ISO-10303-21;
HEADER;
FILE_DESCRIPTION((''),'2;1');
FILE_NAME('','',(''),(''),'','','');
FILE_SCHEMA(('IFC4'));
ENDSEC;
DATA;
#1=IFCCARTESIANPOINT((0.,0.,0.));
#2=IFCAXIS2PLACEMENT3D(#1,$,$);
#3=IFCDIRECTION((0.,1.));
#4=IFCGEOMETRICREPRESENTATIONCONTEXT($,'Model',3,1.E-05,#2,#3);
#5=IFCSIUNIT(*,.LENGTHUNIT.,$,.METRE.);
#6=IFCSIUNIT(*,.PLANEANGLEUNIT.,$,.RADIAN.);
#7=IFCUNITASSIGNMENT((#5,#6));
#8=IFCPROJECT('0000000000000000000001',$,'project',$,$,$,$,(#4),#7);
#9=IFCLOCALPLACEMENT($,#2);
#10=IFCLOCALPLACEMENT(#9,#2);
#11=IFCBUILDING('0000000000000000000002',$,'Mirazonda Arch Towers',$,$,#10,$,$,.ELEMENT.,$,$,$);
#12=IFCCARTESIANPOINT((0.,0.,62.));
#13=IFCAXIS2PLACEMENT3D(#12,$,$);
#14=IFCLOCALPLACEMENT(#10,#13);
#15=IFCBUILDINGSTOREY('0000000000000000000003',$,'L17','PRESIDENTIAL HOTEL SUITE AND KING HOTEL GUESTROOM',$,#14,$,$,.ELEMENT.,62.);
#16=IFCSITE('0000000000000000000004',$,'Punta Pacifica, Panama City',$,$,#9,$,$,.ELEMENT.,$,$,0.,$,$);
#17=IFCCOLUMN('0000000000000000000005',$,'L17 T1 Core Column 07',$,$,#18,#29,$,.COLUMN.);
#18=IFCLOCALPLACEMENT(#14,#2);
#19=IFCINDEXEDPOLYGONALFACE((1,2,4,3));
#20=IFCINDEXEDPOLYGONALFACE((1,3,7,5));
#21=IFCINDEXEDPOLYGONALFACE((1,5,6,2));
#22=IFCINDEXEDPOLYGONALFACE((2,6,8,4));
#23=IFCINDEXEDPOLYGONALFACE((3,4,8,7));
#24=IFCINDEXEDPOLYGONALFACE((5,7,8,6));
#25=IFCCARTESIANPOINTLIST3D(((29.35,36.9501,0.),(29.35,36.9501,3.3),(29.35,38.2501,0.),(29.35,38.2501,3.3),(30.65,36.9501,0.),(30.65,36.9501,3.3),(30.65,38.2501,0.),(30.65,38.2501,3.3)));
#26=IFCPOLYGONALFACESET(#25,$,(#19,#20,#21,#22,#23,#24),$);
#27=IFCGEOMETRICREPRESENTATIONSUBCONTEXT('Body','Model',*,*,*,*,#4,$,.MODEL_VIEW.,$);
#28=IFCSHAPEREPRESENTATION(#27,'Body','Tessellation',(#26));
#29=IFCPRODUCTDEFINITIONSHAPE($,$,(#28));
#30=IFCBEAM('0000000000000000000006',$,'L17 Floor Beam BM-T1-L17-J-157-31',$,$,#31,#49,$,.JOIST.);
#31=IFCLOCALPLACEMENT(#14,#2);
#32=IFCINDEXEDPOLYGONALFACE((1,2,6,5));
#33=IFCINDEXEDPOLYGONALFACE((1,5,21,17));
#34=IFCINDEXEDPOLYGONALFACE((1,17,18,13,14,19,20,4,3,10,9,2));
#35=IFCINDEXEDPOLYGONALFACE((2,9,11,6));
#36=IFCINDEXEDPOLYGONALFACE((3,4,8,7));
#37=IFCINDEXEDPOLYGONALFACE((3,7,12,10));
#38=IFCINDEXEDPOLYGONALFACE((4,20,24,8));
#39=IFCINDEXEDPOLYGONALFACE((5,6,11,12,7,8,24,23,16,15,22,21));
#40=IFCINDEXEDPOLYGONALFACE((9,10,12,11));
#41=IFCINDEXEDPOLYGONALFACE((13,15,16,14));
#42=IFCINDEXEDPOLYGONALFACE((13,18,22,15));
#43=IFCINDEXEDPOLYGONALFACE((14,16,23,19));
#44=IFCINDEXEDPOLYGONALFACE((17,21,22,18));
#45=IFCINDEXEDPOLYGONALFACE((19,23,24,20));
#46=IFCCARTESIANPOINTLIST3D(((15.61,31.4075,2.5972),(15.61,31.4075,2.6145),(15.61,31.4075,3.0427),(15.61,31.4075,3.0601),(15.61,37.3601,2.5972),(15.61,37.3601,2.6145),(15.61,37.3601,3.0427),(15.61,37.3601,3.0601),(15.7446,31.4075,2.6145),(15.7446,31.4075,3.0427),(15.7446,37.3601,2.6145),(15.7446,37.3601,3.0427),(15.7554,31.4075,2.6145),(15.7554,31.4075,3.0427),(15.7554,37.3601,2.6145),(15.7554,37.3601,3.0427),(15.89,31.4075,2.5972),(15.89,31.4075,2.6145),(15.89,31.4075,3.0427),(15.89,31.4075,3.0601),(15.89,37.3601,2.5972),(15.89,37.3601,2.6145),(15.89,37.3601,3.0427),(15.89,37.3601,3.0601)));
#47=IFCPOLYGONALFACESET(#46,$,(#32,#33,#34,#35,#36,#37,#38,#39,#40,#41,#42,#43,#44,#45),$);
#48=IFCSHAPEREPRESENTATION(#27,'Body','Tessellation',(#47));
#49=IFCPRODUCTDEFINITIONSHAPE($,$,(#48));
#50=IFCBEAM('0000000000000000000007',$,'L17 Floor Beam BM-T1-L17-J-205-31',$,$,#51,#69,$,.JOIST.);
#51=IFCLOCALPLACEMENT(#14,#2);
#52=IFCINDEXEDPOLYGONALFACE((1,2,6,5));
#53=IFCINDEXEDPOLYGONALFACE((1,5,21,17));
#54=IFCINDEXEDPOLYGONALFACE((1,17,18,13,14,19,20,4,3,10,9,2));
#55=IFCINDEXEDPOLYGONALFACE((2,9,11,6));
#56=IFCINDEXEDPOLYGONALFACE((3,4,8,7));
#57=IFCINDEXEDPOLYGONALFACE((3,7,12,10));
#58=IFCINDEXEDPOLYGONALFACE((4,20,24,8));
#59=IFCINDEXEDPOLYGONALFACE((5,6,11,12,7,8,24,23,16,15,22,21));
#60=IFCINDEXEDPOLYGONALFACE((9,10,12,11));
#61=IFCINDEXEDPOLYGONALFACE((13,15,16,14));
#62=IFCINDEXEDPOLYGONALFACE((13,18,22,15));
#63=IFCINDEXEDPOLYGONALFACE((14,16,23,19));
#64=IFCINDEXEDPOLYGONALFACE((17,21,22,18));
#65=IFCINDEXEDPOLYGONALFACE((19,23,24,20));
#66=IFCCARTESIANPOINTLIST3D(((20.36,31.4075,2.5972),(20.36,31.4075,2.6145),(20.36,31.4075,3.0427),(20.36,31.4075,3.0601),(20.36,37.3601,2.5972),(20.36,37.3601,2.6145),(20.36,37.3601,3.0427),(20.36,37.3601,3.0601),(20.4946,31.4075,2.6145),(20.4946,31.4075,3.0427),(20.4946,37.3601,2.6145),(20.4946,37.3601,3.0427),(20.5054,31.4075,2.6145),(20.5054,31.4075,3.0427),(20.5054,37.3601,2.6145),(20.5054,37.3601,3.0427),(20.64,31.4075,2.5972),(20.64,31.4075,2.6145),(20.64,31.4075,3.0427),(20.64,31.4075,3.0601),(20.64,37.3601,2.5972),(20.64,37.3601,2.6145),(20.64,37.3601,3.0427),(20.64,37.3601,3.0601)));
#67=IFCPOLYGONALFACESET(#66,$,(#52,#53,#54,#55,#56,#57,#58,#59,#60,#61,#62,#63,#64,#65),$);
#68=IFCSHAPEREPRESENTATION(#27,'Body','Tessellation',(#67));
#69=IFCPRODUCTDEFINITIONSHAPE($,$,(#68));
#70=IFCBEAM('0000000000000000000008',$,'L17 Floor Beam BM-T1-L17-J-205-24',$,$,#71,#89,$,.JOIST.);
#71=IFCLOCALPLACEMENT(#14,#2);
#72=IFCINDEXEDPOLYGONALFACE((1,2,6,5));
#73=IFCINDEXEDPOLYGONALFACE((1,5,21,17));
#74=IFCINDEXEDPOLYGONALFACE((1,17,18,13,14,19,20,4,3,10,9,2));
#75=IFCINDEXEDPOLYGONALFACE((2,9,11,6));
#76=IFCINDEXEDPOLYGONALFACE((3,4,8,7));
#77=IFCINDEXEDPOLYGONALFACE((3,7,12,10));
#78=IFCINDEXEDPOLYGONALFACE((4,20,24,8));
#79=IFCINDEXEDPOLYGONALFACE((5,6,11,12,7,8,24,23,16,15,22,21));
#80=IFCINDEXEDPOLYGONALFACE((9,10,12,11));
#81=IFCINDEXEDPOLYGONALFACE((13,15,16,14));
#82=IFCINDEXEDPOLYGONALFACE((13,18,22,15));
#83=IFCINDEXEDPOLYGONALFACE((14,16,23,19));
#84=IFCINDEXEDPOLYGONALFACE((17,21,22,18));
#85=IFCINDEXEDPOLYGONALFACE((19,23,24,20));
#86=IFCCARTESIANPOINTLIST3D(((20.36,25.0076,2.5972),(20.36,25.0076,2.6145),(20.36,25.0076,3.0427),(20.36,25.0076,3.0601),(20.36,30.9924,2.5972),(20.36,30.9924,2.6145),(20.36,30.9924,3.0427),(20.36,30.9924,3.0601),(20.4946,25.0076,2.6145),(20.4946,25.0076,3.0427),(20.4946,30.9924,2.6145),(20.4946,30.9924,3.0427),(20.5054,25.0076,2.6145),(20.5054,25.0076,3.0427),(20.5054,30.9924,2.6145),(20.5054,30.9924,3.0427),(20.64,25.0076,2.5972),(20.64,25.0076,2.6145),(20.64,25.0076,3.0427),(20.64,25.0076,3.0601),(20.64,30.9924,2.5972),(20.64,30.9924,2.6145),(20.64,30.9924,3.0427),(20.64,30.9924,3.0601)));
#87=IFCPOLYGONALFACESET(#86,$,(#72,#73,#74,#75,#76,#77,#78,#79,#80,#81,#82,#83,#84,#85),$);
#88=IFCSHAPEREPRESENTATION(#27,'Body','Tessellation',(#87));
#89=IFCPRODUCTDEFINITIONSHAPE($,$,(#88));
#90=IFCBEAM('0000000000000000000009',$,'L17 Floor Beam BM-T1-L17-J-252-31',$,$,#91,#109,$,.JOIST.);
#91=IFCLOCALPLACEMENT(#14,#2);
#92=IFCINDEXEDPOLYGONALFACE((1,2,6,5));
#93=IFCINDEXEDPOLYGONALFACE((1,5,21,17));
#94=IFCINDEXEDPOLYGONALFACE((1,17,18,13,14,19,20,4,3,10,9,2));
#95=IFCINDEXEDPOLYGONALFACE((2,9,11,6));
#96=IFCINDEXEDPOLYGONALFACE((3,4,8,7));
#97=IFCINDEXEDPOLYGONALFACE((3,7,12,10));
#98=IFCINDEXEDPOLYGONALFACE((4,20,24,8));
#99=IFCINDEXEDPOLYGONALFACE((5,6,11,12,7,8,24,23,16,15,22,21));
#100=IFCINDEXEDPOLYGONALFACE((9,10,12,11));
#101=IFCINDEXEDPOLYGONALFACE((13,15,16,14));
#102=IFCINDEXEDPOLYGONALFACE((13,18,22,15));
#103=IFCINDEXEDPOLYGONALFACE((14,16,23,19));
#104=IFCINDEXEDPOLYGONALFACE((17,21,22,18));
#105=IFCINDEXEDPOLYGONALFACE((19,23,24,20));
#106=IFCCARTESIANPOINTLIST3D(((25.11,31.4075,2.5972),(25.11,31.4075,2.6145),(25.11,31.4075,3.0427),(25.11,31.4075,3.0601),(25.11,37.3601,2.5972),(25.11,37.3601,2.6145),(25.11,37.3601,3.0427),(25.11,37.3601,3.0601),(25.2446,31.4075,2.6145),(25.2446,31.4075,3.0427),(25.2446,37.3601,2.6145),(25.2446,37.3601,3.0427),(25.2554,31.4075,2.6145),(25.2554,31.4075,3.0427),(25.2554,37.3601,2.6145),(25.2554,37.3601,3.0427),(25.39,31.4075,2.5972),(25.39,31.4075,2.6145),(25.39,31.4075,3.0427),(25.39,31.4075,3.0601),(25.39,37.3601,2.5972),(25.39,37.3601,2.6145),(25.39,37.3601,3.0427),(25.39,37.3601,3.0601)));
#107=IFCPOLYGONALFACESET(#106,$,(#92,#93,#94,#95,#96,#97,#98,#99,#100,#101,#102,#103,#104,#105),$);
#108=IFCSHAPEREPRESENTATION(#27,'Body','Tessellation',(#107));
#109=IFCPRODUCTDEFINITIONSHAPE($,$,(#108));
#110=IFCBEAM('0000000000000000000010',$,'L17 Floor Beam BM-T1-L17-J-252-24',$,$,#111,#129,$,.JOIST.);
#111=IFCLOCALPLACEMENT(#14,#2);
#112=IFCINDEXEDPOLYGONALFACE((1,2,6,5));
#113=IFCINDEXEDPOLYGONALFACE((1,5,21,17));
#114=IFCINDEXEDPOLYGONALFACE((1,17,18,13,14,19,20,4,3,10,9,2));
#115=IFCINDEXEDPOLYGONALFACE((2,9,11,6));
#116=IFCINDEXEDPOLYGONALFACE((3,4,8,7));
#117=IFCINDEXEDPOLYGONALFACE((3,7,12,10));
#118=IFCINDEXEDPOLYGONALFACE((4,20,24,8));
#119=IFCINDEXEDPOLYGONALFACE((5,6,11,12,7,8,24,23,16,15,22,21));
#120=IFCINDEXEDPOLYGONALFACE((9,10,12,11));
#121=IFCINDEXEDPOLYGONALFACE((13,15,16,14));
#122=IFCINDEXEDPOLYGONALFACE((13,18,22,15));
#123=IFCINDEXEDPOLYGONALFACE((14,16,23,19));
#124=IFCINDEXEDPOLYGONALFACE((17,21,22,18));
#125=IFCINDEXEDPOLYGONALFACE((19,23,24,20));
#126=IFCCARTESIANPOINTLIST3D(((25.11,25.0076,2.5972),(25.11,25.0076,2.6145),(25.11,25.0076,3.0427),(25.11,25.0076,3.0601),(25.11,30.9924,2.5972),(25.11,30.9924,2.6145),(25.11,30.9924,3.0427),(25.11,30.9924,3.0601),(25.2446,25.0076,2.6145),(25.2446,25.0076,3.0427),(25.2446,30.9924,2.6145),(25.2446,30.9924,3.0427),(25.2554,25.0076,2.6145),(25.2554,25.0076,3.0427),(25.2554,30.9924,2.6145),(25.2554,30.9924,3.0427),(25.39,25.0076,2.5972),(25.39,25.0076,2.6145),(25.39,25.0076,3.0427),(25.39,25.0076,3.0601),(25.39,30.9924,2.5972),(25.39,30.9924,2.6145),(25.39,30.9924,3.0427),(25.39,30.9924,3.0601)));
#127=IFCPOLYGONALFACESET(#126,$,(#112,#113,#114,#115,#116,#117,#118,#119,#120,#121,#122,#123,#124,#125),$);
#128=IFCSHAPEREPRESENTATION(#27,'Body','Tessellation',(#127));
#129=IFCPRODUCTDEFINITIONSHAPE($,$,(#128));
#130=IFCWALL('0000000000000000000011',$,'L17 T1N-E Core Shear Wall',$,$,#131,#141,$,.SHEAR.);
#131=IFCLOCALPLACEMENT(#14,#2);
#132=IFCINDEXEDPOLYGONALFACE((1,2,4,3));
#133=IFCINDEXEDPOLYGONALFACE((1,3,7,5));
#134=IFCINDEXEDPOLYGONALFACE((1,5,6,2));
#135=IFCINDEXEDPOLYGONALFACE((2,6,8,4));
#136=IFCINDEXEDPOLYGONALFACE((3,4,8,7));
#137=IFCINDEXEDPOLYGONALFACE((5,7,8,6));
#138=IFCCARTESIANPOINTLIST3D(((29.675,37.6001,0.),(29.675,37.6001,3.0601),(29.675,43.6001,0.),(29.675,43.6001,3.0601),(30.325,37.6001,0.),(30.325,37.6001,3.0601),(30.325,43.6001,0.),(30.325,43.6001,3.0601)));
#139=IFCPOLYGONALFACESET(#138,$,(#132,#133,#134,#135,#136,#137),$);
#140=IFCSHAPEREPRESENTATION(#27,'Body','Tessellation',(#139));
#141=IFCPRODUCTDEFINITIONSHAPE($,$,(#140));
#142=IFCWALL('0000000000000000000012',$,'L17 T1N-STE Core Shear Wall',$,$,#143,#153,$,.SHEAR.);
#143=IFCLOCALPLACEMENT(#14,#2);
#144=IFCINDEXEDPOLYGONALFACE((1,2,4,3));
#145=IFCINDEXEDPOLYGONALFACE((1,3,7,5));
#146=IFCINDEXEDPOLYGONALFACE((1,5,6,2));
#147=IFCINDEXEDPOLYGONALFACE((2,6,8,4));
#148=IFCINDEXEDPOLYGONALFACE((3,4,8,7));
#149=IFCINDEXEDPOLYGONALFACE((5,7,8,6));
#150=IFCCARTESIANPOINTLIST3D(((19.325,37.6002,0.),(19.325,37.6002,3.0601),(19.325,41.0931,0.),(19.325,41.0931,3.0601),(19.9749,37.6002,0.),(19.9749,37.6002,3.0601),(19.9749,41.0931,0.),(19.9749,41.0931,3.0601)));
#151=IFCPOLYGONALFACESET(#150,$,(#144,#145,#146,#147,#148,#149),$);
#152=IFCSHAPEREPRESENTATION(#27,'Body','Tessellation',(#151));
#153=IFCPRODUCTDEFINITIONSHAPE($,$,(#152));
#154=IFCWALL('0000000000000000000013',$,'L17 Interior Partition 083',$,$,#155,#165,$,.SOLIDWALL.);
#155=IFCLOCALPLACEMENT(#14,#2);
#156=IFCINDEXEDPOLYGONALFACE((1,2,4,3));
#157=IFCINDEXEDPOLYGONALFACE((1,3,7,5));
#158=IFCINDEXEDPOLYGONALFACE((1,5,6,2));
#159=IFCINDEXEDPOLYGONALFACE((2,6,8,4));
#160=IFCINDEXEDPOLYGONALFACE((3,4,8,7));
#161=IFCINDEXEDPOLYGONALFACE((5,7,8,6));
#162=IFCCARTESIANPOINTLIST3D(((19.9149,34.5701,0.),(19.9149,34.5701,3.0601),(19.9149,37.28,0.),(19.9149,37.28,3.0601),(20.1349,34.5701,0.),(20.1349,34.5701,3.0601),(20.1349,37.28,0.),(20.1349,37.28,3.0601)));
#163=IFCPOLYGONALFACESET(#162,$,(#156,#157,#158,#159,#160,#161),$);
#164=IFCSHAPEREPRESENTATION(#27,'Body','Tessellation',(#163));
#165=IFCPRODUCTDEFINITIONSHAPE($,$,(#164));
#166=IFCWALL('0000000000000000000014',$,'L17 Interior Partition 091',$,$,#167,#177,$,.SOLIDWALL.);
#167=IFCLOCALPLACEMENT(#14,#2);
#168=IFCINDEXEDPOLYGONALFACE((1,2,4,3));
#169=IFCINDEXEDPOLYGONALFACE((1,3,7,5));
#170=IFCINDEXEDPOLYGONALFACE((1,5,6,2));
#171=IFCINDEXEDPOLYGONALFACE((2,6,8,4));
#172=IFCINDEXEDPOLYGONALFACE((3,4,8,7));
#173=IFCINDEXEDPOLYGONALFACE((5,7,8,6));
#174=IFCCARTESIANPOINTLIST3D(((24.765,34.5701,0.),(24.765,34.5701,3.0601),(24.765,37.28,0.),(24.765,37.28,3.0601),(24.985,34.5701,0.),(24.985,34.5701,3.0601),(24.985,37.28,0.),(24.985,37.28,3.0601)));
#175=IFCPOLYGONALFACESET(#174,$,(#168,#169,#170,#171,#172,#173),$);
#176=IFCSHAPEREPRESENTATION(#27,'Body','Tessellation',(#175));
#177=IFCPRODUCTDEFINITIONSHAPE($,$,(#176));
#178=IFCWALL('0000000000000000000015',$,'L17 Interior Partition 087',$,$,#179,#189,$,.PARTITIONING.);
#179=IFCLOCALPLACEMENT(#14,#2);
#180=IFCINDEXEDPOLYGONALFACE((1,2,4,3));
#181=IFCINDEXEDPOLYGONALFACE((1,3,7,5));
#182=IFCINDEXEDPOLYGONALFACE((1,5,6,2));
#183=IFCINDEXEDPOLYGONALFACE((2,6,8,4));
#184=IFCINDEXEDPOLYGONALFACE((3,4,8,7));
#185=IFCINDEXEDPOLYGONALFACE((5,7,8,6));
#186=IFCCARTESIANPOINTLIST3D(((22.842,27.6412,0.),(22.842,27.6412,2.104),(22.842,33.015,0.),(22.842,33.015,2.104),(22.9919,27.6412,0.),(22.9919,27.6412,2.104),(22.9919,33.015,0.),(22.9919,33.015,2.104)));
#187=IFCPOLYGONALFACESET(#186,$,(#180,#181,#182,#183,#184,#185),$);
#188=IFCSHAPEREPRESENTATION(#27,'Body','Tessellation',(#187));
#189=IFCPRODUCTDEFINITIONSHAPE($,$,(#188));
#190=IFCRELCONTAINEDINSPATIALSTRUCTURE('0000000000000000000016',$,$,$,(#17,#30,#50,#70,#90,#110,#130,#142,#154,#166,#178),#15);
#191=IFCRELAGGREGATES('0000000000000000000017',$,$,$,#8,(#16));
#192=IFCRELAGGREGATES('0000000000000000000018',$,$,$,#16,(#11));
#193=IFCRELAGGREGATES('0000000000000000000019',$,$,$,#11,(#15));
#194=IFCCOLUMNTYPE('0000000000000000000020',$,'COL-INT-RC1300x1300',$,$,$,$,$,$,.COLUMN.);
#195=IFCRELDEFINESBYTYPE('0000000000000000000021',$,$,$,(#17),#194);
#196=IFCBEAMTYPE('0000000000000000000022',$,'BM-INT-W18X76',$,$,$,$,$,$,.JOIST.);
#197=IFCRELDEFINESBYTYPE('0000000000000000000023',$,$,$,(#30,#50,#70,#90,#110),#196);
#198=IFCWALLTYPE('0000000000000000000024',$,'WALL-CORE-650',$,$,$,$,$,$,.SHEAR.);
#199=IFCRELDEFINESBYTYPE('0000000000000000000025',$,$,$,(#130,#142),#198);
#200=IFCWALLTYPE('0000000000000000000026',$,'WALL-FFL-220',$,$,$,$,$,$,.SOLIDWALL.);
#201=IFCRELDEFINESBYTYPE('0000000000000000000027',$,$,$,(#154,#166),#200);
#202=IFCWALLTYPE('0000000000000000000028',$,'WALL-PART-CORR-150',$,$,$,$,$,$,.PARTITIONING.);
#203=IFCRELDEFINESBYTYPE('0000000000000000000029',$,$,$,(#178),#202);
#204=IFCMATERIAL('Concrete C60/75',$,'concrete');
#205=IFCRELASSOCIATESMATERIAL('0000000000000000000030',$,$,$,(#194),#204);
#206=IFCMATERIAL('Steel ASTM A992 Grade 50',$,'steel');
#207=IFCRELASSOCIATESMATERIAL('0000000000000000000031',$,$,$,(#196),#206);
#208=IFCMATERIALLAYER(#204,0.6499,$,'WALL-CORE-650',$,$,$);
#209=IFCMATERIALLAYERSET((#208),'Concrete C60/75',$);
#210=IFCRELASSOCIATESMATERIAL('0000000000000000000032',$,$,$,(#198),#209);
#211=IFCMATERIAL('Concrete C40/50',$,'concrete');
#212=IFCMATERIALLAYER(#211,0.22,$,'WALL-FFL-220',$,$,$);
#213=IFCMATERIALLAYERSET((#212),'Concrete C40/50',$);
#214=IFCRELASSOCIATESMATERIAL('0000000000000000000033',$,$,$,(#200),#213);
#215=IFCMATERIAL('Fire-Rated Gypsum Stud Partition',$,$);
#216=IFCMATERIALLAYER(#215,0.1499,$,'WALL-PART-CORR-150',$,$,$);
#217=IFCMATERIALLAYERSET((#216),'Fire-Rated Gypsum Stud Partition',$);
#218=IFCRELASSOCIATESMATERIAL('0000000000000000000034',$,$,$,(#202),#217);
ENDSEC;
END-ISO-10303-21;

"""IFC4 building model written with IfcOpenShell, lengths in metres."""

from ifc_helpers import new_model, si_unit, direction, frame, frame_2d, origin, origin_2d, place, context, subcontext, project, spatial, rectangle, i_section, extrude, material, layer, layer_set, material_profile, profile_set, type_object, element, save


model = new_model("IFC4")

# Units and contexts
model_context = context("Model", 3, precision=1e-05, world=origin(), true_north=direction((0.0, 1.0)))
body_context = subcontext(model_context, "Body", "Model", "MODEL_VIEW")
ifc_project = project(units=[si_unit("LENGTHUNIT", "METRE"), si_unit("PLANEANGLEUNIT", "RADIAN")], contexts=[model_context])

# Site, building, storey
site_placement = place(None, origin())
site = spatial("IfcSite", under=ifc_project, at=site_placement, Name="Punta Pacifica, Panama City", CompositionType="ELEMENT", RefElevation=0.0)
building_placement = place(site_placement, origin())
building = spatial("IfcBuilding", under=site, at=building_placement, Name="Mirazonda Arch Towers", CompositionType="ELEMENT")
storey_placement = place(building_placement, frame((0.0, 0.0, 62.0)))
storey = spatial("IfcBuildingStorey", under=building, at=storey_placement, Name="L17", Description="PRESIDENTIAL HOTEL SUITE AND KING HOTEL GUESTROOM", CompositionType="ELEMENT", Elevation=62.0)

# Column
ifc_material_1 = material(Name="Concrete C60/75", Category="concrete")
ifc_material_profile_1 = material_profile(ifc_material_1, rectangle(XDim=1.3, YDim=1.3, at=origin_2d()), Name="RC1300x1300")
ifc_profile_set_1 = profile_set([ifc_material_profile_1], Name="Concrete C60/75")
column_type = type_object("IfcColumnType", Name="COL-INT-RC1300x1300", PredefinedType="COLUMN", material=ifc_profile_set_1)
column_placement = place(storey_placement, frame((30.0, 37.6001, 0.0), z_axis=(0.0, 0.0, 1.0), x_axis=(1.0, 0.0, 0.0)))
element("IfcColumn", 1, at=column_placement, inside=storey, type_object=column_type, Name="L17 T1 Core Column 07", PredefinedType="COLUMN", context=body_context, shape_type="SweptSolid", body=[
    extrude(rectangle(XDim=1.3, YDim=1.3, at=origin_2d()), origin(), (0.0, 0.0, 1.0), 3.3),
])

# Beams
ifc_material_2 = material(Name="Steel ASTM A992 Grade 50", Category="steel")
ifc_material_profile_2 = material_profile(ifc_material_2, i_section(OverallWidth=0.28, OverallDepth=0.4629, WebThickness=0.0107, FlangeThickness=0.0173, at=origin_2d()), Name="W18X76")
ifc_profile_set_2 = profile_set([ifc_material_profile_2], Name="Steel ASTM A992 Grade 50")
beam_type = type_object("IfcBeamType", Name="BM-INT-W18X76", PredefinedType="JOIST", material=ifc_profile_set_2)
for number, where, z_axis, x_axis, name in (
    (2, (15.75, 31.4075, 2.8286), (0.0, 1.0, 0.0), (-1.0, 0.0, 0.0), "L17 Floor Beam BM-T1-L17-J-157-31"),
    (3, (20.5, 31.4075, 2.8286), (0.0, 1.0, 0.0), (-1.0, 0.0, 0.0), "L17 Floor Beam BM-T1-L17-J-205-31"),
):
    element("IfcBeam", number, at=place(storey_placement, frame(where, z_axis=z_axis, x_axis=x_axis)), inside=storey, type_object=beam_type, Name=name, PredefinedType="JOIST", context=body_context, shape_type="SweptSolid", body=[
        extrude(i_section(OverallWidth=0.28, OverallDepth=0.4629, WebThickness=0.0107, FlangeThickness=0.0173, at=origin_2d()), origin(), (0.0, 0.0, 1.0), 5.9526),
    ])
beam_1_placement = place(storey_placement, frame((20.5, 25.0076, 2.8286), z_axis=(0.0, 1.0, 0.0), x_axis=(-1.0, 0.0, 0.0)))
element("IfcBeam", 4, at=beam_1_placement, inside=storey, type_object=beam_type, Name="L17 Floor Beam BM-T1-L17-J-205-24", PredefinedType="JOIST", context=body_context, shape_type="SweptSolid", body=[
    extrude(i_section(OverallWidth=0.28, OverallDepth=0.4629, WebThickness=0.0107, FlangeThickness=0.0173, at=origin_2d()), origin(), (0.0, 0.0, 1.0), 5.9849),
])
beam_2_placement = place(storey_placement, frame((25.25, 31.4075, 2.8286), z_axis=(0.0, 1.0, 0.0), x_axis=(-1.0, 0.0, 0.0)))
element("IfcBeam", 5, at=beam_2_placement, inside=storey, type_object=beam_type, Name="L17 Floor Beam BM-T1-L17-J-252-31", PredefinedType="JOIST", context=body_context, shape_type="SweptSolid", body=[
    extrude(i_section(OverallWidth=0.28, OverallDepth=0.4629, WebThickness=0.0107, FlangeThickness=0.0173, at=origin_2d()), origin(), (0.0, 0.0, 1.0), 5.9526),
])
beam_3_placement = place(storey_placement, frame((25.25, 25.0076, 2.8286), z_axis=(0.0, 1.0, 0.0), x_axis=(-1.0, 0.0, 0.0)))
element("IfcBeam", 6, at=beam_3_placement, inside=storey, type_object=beam_type, Name="L17 Floor Beam BM-T1-L17-J-252-24", PredefinedType="JOIST", context=body_context, shape_type="SweptSolid", body=[
    extrude(i_section(OverallWidth=0.28, OverallDepth=0.4629, WebThickness=0.0107, FlangeThickness=0.0173, at=origin_2d()), origin(), (0.0, 0.0, 1.0), 5.9849),
])

# Walls
ifc_layer_1 = layer(ifc_material_1, 0.6499, Name="WALL-CORE-650")
ifc_layer_set_1 = layer_set([ifc_layer_1], Name="Concrete C60/75")
wall_type_1 = type_object("IfcWallType", Name="WALL-CORE-650", PredefinedType="SHEAR", material=ifc_layer_set_1)
wall_1_placement = place(storey_placement, frame((30.0, 37.6001, 0.0), z_axis=(0.0, 0.0, 1.0), x_axis=(0.0, 1.0, 0.0)))
element("IfcWall", 7, at=wall_1_placement, inside=storey, type_object=wall_type_1, Name="L17 T1N-E Core Shear Wall", PredefinedType="SHEAR", context=body_context, shape_type="SweptSolid", body=[
    extrude(rectangle(XDim=6.0, YDim=0.6499, at=frame_2d((3.0, 0.0))), origin(), (0.0, 0.0, 1.0), 3.0601),
])
wall_2_placement = place(storey_placement, frame((19.6499, 37.6001, 0.0), z_axis=(0.0, 0.0, 1.0), x_axis=(0.0, 1.0, 0.0)))
element("IfcWall", 8, at=wall_2_placement, inside=storey, type_object=wall_type_1, Name="L17 T1N-STE Core Shear Wall", PredefinedType="SHEAR", context=body_context, shape_type="SweptSolid", body=[
    extrude(rectangle(XDim=3.4929, YDim=0.6499, at=frame_2d((1.7466, 0.0))), origin(), (0.0, 0.0, 1.0), 3.0601),
])
ifc_material_3 = material(Name="Concrete C40/50", Category="concrete")
ifc_layer_2 = layer(ifc_material_3, 0.22, Name="WALL-FFL-220")
ifc_layer_set_2 = layer_set([ifc_layer_2], Name="Concrete C40/50")
wall_type_2 = type_object("IfcWallType", Name="WALL-FFL-220", PredefinedType="SOLIDWALL", material=ifc_layer_set_2)
for number, where, z_axis, x_axis, name in (
    (9, (20.0249, 34.5701, 0.0), (0.0, 0.0, 1.0), (0.0, 1.0, 0.0), "L17 Interior Partition 083"),
    (10, (24.875, 34.5701, 0.0), (0.0, 0.0, 1.0), (0.0, 1.0, 0.0), "L17 Interior Partition 091"),
):
    element("IfcWall", number, at=place(storey_placement, frame(where, z_axis=z_axis, x_axis=x_axis)), inside=storey, type_object=wall_type_2, Name=name, PredefinedType="SOLIDWALL", context=body_context, shape_type="SweptSolid", body=[
        extrude(rectangle(XDim=2.71, YDim=0.22, at=frame_2d((1.355, 0.0))), origin(), (0.0, 0.0, 1.0), 3.0601),
    ])
ifc_material_4 = material(Name="Fire-Rated Gypsum Stud Partition")
ifc_layer_3 = layer(ifc_material_4, 0.1499, Name="WALL-PART-CORR-150")
ifc_layer_set_3 = layer_set([ifc_layer_3], Name="Fire-Rated Gypsum Stud Partition")
wall_type_3 = type_object("IfcWallType", Name="WALL-PART-CORR-150", PredefinedType="PARTITIONING", material=ifc_layer_set_3)
wall_3_placement = place(storey_placement, frame((22.917, 27.6411, 0.0), z_axis=(0.0, 0.0, 1.0), x_axis=(0.0, 1.0, 0.0)))
element("IfcWall", 11, at=wall_3_placement, inside=storey, type_object=wall_type_3, Name="L17 Interior Partition 087", PredefinedType="PARTITIONING", context=body_context, shape_type="SweptSolid", body=[
    extrude(rectangle(XDim=5.3738, YDim=0.1499, at=frame_2d((2.687, 0.0))), origin(), (0.0, 0.0, 1.0), 2.104),
])

save(model, "model.ifc")
